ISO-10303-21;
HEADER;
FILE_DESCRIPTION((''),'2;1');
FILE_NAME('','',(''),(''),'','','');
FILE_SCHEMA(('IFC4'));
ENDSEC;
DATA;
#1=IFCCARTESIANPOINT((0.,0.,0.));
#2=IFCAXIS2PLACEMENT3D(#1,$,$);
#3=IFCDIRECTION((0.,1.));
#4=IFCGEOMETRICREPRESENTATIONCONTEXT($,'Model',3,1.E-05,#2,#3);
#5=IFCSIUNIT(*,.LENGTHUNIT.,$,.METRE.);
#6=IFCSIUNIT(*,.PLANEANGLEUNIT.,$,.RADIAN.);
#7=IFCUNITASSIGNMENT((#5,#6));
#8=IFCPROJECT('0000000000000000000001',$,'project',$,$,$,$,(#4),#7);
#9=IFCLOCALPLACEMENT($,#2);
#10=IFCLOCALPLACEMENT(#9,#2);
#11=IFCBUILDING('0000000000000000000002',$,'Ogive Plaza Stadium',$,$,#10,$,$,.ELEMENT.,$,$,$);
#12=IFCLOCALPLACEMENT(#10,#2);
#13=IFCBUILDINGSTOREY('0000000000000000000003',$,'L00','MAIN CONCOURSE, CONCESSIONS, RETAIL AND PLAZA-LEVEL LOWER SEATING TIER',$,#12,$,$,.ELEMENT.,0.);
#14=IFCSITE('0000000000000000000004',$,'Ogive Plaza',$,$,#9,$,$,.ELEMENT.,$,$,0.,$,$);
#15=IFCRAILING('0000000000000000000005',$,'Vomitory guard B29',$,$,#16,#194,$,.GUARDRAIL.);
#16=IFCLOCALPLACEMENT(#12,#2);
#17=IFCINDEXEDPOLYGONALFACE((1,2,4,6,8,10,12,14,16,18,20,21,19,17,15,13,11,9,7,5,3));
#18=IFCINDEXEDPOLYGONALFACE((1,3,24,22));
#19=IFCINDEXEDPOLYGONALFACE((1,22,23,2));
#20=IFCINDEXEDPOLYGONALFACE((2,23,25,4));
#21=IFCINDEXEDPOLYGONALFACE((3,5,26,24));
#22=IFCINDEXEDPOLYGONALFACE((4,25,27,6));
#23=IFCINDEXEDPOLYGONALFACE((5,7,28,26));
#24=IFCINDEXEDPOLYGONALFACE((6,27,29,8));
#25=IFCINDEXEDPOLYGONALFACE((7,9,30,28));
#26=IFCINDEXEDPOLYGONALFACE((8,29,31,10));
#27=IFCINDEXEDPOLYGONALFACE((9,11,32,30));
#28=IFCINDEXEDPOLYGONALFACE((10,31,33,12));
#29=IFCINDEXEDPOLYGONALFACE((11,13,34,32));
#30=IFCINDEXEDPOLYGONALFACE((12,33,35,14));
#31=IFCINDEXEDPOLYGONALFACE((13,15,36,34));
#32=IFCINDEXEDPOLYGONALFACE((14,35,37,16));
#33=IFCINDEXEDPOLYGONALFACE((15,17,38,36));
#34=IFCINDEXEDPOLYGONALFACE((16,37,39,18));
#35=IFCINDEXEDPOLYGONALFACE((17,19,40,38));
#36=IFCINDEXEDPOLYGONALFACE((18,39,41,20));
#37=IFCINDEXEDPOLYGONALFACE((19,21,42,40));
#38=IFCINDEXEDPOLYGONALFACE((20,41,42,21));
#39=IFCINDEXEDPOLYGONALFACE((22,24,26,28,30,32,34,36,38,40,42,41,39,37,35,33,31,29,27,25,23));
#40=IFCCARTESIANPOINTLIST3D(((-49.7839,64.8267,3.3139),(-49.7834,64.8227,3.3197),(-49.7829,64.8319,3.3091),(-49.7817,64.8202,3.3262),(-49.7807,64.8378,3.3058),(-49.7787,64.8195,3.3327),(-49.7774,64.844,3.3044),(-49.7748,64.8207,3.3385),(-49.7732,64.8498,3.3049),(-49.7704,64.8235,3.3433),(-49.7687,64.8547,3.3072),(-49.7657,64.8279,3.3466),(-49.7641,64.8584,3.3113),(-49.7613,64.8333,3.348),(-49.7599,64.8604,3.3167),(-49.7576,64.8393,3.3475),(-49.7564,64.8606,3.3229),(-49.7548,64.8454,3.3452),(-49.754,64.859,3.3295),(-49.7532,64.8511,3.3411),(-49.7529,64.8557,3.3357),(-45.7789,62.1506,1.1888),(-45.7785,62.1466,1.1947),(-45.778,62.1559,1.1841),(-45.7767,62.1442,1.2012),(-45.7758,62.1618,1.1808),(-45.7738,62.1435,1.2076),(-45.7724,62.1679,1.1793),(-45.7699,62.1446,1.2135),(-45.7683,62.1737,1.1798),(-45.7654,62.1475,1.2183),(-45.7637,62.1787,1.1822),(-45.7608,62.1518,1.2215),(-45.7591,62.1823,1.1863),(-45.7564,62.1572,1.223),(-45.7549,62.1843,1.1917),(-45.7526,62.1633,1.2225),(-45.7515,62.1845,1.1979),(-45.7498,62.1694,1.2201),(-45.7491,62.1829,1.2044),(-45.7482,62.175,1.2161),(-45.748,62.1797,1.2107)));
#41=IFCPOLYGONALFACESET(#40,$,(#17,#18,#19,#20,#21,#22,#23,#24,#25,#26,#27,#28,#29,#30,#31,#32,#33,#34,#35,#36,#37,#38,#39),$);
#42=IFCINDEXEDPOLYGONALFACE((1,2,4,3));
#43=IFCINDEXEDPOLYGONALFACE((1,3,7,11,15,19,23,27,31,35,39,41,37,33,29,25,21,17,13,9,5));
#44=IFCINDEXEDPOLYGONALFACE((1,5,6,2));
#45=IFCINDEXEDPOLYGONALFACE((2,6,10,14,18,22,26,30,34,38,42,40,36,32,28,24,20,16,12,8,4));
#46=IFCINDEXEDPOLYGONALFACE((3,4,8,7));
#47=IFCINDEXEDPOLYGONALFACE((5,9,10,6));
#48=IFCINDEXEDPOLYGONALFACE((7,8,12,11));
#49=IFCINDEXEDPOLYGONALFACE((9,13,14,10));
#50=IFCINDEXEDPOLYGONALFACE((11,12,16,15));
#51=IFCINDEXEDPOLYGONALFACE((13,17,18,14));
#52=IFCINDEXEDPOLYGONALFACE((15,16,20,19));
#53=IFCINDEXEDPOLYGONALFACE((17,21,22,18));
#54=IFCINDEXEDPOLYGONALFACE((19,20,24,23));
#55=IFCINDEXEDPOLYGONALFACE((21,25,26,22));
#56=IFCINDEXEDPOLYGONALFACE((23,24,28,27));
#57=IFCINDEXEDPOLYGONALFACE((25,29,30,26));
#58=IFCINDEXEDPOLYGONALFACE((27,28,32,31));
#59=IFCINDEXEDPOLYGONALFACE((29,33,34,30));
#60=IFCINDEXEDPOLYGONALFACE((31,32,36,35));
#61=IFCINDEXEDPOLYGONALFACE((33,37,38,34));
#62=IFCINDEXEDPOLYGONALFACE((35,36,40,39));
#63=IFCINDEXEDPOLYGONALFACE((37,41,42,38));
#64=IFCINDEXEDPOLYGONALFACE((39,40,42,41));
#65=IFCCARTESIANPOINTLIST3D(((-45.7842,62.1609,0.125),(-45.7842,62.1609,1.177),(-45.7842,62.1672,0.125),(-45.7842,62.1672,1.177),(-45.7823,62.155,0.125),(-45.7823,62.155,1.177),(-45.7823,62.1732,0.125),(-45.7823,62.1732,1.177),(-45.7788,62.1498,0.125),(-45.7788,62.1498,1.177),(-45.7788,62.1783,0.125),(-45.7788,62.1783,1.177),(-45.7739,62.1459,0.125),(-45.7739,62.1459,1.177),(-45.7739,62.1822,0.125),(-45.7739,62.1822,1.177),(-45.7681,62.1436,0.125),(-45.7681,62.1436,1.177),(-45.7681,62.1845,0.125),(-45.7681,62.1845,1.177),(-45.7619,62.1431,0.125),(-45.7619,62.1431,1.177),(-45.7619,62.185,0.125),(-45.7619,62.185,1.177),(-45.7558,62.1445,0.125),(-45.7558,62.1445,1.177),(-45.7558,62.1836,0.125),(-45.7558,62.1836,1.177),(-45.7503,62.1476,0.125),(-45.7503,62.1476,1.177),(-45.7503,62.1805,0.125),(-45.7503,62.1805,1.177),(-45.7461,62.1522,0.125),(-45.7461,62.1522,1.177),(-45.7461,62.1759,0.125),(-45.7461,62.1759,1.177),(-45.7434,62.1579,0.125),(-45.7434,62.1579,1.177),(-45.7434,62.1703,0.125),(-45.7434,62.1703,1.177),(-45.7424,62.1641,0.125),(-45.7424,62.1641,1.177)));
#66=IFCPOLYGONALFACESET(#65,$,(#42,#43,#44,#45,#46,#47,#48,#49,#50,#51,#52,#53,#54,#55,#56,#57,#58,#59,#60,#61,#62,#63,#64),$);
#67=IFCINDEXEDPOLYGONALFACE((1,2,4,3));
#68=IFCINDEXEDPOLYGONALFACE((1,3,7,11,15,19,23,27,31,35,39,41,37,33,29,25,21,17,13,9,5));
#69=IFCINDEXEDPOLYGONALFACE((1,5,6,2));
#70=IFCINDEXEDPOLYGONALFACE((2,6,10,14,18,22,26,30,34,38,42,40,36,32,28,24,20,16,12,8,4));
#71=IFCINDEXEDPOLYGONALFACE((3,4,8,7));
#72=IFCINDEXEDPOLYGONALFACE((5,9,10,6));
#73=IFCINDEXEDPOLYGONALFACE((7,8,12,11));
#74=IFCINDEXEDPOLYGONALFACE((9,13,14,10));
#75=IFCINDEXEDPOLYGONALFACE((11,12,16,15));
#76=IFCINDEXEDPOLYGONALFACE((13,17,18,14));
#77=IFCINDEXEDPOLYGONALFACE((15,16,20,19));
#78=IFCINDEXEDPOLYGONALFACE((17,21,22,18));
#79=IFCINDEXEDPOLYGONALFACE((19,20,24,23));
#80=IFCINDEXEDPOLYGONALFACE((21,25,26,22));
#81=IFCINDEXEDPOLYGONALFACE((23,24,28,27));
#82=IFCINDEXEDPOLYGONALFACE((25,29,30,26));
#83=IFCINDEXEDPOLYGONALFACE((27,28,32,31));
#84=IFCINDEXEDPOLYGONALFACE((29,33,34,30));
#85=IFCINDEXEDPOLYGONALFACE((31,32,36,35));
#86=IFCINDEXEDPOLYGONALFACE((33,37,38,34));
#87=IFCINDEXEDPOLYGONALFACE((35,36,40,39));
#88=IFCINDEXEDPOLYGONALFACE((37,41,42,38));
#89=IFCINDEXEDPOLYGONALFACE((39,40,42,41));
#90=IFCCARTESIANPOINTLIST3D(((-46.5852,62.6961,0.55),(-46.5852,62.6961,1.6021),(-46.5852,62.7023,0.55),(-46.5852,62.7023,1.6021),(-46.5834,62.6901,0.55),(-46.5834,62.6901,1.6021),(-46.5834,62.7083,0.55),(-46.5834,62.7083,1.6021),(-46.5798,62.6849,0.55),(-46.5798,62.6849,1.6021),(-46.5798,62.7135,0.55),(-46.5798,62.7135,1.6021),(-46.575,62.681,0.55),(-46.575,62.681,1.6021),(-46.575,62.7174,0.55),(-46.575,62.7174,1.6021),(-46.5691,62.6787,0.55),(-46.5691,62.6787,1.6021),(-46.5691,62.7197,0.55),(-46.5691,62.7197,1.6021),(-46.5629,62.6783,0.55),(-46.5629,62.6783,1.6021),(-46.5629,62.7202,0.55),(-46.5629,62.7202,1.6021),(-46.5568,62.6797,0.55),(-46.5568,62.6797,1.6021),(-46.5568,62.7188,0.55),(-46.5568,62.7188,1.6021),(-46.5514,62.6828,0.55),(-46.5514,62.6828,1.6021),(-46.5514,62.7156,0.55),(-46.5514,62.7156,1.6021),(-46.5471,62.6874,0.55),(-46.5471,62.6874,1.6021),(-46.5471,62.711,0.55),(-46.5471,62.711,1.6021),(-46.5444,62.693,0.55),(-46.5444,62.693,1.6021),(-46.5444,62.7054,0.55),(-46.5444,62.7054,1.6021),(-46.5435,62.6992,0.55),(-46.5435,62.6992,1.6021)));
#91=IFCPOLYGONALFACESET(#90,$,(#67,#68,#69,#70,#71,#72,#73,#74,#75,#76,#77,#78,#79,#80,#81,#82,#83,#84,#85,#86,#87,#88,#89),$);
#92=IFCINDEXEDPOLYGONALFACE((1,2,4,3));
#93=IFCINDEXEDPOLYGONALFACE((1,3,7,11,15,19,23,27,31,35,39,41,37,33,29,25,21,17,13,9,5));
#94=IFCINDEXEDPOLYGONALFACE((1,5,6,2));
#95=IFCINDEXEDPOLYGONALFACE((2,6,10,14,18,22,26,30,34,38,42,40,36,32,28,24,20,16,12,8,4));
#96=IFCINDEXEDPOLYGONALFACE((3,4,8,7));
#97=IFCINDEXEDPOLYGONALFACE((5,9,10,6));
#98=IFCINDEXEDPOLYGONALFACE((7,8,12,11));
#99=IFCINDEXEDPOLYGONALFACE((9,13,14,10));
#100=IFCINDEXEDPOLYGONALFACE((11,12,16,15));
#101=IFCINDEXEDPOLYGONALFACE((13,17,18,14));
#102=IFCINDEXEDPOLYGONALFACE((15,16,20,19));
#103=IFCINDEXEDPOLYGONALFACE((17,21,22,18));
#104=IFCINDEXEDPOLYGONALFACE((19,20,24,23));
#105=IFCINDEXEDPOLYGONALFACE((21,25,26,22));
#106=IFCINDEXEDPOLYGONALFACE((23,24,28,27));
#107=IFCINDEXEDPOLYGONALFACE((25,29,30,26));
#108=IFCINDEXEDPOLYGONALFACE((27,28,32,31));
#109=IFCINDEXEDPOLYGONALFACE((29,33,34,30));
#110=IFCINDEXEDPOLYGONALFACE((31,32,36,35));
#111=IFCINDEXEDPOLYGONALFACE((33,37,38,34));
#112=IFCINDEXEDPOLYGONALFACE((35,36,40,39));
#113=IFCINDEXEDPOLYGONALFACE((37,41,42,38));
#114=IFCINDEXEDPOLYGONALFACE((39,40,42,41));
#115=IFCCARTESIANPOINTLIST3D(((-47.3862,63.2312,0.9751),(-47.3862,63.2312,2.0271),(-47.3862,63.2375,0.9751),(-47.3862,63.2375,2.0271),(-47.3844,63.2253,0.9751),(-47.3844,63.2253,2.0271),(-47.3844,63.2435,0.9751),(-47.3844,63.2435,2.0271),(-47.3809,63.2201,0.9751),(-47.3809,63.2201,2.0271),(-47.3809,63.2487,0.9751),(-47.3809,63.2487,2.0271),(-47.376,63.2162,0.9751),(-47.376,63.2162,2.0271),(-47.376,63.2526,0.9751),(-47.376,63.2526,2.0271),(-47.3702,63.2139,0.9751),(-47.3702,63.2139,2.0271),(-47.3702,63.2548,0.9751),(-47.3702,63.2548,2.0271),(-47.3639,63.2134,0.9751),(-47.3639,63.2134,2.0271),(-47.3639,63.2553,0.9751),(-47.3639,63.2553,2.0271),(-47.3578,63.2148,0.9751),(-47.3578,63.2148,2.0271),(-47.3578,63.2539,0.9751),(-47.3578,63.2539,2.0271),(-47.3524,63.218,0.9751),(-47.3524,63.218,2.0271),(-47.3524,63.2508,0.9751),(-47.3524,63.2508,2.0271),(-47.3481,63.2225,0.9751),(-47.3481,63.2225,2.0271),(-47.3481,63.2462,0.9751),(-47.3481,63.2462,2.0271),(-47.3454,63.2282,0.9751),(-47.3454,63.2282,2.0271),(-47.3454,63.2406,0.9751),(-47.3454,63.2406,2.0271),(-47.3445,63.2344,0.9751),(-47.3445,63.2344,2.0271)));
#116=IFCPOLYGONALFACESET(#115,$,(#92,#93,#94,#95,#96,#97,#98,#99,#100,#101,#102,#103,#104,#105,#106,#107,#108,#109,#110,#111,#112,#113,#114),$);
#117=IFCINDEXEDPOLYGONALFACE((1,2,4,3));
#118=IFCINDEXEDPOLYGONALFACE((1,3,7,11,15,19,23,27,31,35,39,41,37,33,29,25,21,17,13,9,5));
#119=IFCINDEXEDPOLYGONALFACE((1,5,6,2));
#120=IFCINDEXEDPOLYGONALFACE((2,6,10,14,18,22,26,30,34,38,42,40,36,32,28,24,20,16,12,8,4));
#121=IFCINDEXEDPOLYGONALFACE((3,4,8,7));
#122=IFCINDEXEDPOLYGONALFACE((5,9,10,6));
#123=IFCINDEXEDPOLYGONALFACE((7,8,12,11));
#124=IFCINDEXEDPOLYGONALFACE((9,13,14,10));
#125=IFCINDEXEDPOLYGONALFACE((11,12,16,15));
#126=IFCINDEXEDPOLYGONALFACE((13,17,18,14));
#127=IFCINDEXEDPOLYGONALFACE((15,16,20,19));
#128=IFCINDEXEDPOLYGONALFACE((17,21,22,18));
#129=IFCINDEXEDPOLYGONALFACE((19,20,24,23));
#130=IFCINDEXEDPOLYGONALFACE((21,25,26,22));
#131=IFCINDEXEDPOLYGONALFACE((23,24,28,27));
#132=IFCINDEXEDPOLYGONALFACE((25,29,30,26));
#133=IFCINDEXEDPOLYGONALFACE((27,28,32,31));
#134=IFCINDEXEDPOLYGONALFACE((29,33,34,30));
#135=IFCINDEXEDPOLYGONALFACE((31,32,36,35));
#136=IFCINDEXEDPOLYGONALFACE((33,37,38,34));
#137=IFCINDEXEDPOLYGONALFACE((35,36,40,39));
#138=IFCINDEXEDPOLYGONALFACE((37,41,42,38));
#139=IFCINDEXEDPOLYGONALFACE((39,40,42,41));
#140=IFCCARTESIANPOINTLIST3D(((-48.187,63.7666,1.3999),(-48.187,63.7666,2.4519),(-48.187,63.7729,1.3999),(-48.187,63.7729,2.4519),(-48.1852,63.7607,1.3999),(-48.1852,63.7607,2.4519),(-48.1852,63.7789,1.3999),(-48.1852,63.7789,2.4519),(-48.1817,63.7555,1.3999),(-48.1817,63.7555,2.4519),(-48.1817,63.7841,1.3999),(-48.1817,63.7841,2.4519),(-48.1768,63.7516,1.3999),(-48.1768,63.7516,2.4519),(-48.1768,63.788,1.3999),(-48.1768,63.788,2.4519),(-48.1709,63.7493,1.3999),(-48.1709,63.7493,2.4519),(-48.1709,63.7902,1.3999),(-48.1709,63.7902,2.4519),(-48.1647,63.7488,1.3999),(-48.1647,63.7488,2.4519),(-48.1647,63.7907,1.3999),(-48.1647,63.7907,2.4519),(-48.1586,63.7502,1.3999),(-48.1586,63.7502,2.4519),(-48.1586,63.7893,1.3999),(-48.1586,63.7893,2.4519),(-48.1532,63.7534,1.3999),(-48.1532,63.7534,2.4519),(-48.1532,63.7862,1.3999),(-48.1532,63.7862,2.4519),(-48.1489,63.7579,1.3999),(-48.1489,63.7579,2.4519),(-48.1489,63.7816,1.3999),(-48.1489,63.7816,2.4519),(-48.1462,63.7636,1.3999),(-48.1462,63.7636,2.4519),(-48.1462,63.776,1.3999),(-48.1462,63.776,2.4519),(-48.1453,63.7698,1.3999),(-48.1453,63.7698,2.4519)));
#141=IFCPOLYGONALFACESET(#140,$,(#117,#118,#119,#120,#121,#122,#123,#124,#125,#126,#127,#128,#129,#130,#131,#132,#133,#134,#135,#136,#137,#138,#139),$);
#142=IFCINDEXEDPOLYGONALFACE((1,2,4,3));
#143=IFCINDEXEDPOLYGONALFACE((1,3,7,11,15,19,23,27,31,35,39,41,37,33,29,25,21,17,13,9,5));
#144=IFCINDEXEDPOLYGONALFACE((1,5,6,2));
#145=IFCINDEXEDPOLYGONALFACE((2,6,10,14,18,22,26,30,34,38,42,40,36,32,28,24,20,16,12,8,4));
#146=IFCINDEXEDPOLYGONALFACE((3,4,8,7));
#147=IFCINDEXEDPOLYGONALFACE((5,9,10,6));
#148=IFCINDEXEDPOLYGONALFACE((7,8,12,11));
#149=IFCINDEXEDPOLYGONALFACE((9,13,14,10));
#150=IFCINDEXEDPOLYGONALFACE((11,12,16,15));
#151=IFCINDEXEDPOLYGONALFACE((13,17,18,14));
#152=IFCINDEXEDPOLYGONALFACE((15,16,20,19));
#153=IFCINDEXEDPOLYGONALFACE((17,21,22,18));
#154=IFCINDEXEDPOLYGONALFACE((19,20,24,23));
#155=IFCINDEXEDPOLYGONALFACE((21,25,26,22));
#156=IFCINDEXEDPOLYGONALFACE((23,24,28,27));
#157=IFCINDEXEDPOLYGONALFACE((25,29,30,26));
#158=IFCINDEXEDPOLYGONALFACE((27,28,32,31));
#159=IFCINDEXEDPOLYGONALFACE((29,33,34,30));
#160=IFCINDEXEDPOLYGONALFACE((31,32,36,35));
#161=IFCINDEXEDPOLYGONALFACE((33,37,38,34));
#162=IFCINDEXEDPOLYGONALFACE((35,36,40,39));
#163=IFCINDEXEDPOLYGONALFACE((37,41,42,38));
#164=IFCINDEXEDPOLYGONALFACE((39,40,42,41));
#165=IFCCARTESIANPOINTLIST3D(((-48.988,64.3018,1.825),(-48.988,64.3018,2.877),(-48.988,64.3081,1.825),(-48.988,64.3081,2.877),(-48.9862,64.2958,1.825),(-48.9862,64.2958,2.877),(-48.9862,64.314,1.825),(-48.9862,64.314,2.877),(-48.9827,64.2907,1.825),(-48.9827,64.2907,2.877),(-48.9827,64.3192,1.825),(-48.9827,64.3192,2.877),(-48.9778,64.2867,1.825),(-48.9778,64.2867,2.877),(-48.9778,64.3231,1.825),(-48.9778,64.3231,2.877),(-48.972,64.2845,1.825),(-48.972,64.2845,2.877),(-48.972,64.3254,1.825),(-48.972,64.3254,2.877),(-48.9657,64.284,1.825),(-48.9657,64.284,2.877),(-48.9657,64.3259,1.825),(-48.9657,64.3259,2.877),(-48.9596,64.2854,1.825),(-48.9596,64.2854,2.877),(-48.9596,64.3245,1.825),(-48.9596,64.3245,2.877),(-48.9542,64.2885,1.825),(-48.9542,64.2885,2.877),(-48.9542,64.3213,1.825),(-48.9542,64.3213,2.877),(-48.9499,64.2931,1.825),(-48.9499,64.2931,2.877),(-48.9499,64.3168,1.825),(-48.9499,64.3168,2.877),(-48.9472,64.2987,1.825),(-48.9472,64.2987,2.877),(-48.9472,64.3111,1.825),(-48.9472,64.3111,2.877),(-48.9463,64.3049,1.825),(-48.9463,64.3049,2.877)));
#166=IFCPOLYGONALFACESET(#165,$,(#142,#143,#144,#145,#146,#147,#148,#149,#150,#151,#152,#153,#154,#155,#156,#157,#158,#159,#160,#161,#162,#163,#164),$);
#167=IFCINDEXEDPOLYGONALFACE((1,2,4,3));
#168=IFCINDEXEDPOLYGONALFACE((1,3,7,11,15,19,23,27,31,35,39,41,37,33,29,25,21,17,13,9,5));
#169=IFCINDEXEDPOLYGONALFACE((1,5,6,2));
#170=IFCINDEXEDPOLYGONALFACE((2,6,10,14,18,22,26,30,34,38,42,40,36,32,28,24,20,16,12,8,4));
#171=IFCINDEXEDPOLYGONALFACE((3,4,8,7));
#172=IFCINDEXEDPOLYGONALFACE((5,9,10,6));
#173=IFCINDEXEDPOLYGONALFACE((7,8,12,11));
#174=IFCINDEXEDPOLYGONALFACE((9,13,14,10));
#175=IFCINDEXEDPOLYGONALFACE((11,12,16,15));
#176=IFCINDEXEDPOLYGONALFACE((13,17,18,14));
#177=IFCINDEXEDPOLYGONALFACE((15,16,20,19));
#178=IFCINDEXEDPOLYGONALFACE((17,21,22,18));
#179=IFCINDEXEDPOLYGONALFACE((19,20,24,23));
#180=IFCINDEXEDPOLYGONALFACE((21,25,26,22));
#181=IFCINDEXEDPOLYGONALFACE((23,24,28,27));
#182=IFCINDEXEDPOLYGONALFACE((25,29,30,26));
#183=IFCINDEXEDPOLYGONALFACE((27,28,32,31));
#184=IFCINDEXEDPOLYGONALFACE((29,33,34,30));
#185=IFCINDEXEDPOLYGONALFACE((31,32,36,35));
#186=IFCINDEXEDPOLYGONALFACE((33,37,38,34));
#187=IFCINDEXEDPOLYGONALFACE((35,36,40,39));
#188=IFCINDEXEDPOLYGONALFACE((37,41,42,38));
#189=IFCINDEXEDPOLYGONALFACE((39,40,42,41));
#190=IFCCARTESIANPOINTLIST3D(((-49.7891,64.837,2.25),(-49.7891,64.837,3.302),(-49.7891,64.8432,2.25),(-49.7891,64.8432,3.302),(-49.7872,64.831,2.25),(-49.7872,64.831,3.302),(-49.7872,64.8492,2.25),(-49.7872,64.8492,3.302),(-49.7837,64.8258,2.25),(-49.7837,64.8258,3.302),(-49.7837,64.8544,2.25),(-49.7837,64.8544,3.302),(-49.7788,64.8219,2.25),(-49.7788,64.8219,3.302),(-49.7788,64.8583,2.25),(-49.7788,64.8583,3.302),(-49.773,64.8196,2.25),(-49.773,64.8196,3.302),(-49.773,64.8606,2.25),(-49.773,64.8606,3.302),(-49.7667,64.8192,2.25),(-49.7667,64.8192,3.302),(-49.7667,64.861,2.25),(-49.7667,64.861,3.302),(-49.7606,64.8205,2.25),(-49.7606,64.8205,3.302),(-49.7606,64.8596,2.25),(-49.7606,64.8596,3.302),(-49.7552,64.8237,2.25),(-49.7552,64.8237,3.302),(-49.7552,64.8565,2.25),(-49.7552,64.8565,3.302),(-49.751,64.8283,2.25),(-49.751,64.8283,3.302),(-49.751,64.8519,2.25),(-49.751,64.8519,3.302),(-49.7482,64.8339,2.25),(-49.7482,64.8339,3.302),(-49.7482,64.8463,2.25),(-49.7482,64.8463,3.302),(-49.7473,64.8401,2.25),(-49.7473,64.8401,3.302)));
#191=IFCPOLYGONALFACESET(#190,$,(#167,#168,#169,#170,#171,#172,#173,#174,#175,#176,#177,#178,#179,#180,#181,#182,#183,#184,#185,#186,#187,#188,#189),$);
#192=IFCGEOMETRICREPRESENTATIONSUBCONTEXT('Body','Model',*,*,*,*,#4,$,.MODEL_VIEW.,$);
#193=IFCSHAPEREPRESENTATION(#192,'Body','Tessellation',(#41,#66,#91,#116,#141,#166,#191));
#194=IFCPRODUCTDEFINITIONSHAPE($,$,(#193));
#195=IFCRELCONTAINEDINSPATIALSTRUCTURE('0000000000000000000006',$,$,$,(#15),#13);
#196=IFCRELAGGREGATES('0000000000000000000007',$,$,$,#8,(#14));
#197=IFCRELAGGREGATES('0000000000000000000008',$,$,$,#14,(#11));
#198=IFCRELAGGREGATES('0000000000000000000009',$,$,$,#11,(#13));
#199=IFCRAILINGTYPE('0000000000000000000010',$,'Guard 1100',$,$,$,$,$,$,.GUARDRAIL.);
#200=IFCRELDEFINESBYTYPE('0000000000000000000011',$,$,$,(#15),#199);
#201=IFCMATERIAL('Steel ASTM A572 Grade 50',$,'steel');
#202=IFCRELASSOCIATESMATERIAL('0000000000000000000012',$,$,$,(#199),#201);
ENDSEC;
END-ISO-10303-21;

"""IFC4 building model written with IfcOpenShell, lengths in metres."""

from ifc_helpers import new_model, si_unit, direction, frame, origin, origin_2d, place, context, subcontext, project, spatial, circle, extrude, material, type_object, element, save


model = new_model("IFC4")

# Units and contexts
model_context = context("Model", 3, precision=1e-05, world=origin(), true_north=direction((0.0, 1.0)))
body_context = subcontext(model_context, "Body", "Model", "MODEL_VIEW")
ifc_project = project(units=[si_unit("LENGTHUNIT", "METRE"), si_unit("PLANEANGLEUNIT", "RADIAN")], contexts=[model_context])

# Site, building, storey
site_placement = place(None, origin())
site = spatial("IfcSite", under=ifc_project, at=site_placement, Name="Ogive Plaza", CompositionType="ELEMENT", RefElevation=0.0)
building_placement = place(site_placement, origin())
building = spatial("IfcBuilding", under=site, at=building_placement, Name="Ogive Plaza Stadium", CompositionType="ELEMENT")
storey_placement = place(building_placement, origin())
storey = spatial("IfcBuildingStorey", under=building, at=storey_placement, Name="L00", Description="MAIN CONCOURSE, CONCESSIONS, RETAIL AND PLAZA-LEVEL LOWER SEATING TIER", CompositionType="ELEMENT", Elevation=0.0)

# Railing
ifc_material_1 = material(Name="Steel ASTM A572 Grade 50", Category="steel")
railing_type = type_object("IfcRailingType", Name="Guard 1100", PredefinedType="GUARDRAIL", material=ifc_material_1)
for number, where, name in (
    (1, (-45.7634, 62.1641, 0.125), "Vomitory guard B29"),
):
    element("IfcRailing", number, at=place(storey_placement, frame(where)), inside=storey, type_object=railing_type, Name=name, PredefinedType="GUARDRAIL", context=body_context, shape_type="SweptSolid", body=[
        extrude(circle(Radius=0.0239, at=origin_2d()), frame((0.0, 0.0, 1.0762), z_axis=(-0.760722, 0.508307, 0.403641), x_axis=(-0.555577, -0.831465, 0.0)), (0.0, 0.0, 1.0), 5.2646),
        extrude(circle(Radius=0.021, at=origin_2d()), origin(), (0.0, 0.0, 1.0), 1.052),
        extrude(circle(Radius=0.021, at=origin_2d()), frame((-0.801, 0.5352, 0.425)), (0.0, 0.0, 1.0), 1.052),
        extrude(circle(Radius=0.021, at=origin_2d()), frame((-1.6021, 1.0703, 0.8501)), (0.0, 0.0, 1.0), 1.052),
        extrude(circle(Radius=0.021, at=origin_2d()), frame((-2.4028, 1.6057, 1.2749)), (0.0, 0.0, 1.0), 1.052),
        extrude(circle(Radius=0.021, at=origin_2d()), frame((-3.2039, 2.1409, 1.7)), (0.0, 0.0, 1.0), 1.052),
        extrude(circle(Radius=0.021, at=origin_2d()), frame((-4.0049, 2.676, 2.125)), (0.0, 0.0, 1.0), 1.052),
    ])

save(model, "model.ifc")
